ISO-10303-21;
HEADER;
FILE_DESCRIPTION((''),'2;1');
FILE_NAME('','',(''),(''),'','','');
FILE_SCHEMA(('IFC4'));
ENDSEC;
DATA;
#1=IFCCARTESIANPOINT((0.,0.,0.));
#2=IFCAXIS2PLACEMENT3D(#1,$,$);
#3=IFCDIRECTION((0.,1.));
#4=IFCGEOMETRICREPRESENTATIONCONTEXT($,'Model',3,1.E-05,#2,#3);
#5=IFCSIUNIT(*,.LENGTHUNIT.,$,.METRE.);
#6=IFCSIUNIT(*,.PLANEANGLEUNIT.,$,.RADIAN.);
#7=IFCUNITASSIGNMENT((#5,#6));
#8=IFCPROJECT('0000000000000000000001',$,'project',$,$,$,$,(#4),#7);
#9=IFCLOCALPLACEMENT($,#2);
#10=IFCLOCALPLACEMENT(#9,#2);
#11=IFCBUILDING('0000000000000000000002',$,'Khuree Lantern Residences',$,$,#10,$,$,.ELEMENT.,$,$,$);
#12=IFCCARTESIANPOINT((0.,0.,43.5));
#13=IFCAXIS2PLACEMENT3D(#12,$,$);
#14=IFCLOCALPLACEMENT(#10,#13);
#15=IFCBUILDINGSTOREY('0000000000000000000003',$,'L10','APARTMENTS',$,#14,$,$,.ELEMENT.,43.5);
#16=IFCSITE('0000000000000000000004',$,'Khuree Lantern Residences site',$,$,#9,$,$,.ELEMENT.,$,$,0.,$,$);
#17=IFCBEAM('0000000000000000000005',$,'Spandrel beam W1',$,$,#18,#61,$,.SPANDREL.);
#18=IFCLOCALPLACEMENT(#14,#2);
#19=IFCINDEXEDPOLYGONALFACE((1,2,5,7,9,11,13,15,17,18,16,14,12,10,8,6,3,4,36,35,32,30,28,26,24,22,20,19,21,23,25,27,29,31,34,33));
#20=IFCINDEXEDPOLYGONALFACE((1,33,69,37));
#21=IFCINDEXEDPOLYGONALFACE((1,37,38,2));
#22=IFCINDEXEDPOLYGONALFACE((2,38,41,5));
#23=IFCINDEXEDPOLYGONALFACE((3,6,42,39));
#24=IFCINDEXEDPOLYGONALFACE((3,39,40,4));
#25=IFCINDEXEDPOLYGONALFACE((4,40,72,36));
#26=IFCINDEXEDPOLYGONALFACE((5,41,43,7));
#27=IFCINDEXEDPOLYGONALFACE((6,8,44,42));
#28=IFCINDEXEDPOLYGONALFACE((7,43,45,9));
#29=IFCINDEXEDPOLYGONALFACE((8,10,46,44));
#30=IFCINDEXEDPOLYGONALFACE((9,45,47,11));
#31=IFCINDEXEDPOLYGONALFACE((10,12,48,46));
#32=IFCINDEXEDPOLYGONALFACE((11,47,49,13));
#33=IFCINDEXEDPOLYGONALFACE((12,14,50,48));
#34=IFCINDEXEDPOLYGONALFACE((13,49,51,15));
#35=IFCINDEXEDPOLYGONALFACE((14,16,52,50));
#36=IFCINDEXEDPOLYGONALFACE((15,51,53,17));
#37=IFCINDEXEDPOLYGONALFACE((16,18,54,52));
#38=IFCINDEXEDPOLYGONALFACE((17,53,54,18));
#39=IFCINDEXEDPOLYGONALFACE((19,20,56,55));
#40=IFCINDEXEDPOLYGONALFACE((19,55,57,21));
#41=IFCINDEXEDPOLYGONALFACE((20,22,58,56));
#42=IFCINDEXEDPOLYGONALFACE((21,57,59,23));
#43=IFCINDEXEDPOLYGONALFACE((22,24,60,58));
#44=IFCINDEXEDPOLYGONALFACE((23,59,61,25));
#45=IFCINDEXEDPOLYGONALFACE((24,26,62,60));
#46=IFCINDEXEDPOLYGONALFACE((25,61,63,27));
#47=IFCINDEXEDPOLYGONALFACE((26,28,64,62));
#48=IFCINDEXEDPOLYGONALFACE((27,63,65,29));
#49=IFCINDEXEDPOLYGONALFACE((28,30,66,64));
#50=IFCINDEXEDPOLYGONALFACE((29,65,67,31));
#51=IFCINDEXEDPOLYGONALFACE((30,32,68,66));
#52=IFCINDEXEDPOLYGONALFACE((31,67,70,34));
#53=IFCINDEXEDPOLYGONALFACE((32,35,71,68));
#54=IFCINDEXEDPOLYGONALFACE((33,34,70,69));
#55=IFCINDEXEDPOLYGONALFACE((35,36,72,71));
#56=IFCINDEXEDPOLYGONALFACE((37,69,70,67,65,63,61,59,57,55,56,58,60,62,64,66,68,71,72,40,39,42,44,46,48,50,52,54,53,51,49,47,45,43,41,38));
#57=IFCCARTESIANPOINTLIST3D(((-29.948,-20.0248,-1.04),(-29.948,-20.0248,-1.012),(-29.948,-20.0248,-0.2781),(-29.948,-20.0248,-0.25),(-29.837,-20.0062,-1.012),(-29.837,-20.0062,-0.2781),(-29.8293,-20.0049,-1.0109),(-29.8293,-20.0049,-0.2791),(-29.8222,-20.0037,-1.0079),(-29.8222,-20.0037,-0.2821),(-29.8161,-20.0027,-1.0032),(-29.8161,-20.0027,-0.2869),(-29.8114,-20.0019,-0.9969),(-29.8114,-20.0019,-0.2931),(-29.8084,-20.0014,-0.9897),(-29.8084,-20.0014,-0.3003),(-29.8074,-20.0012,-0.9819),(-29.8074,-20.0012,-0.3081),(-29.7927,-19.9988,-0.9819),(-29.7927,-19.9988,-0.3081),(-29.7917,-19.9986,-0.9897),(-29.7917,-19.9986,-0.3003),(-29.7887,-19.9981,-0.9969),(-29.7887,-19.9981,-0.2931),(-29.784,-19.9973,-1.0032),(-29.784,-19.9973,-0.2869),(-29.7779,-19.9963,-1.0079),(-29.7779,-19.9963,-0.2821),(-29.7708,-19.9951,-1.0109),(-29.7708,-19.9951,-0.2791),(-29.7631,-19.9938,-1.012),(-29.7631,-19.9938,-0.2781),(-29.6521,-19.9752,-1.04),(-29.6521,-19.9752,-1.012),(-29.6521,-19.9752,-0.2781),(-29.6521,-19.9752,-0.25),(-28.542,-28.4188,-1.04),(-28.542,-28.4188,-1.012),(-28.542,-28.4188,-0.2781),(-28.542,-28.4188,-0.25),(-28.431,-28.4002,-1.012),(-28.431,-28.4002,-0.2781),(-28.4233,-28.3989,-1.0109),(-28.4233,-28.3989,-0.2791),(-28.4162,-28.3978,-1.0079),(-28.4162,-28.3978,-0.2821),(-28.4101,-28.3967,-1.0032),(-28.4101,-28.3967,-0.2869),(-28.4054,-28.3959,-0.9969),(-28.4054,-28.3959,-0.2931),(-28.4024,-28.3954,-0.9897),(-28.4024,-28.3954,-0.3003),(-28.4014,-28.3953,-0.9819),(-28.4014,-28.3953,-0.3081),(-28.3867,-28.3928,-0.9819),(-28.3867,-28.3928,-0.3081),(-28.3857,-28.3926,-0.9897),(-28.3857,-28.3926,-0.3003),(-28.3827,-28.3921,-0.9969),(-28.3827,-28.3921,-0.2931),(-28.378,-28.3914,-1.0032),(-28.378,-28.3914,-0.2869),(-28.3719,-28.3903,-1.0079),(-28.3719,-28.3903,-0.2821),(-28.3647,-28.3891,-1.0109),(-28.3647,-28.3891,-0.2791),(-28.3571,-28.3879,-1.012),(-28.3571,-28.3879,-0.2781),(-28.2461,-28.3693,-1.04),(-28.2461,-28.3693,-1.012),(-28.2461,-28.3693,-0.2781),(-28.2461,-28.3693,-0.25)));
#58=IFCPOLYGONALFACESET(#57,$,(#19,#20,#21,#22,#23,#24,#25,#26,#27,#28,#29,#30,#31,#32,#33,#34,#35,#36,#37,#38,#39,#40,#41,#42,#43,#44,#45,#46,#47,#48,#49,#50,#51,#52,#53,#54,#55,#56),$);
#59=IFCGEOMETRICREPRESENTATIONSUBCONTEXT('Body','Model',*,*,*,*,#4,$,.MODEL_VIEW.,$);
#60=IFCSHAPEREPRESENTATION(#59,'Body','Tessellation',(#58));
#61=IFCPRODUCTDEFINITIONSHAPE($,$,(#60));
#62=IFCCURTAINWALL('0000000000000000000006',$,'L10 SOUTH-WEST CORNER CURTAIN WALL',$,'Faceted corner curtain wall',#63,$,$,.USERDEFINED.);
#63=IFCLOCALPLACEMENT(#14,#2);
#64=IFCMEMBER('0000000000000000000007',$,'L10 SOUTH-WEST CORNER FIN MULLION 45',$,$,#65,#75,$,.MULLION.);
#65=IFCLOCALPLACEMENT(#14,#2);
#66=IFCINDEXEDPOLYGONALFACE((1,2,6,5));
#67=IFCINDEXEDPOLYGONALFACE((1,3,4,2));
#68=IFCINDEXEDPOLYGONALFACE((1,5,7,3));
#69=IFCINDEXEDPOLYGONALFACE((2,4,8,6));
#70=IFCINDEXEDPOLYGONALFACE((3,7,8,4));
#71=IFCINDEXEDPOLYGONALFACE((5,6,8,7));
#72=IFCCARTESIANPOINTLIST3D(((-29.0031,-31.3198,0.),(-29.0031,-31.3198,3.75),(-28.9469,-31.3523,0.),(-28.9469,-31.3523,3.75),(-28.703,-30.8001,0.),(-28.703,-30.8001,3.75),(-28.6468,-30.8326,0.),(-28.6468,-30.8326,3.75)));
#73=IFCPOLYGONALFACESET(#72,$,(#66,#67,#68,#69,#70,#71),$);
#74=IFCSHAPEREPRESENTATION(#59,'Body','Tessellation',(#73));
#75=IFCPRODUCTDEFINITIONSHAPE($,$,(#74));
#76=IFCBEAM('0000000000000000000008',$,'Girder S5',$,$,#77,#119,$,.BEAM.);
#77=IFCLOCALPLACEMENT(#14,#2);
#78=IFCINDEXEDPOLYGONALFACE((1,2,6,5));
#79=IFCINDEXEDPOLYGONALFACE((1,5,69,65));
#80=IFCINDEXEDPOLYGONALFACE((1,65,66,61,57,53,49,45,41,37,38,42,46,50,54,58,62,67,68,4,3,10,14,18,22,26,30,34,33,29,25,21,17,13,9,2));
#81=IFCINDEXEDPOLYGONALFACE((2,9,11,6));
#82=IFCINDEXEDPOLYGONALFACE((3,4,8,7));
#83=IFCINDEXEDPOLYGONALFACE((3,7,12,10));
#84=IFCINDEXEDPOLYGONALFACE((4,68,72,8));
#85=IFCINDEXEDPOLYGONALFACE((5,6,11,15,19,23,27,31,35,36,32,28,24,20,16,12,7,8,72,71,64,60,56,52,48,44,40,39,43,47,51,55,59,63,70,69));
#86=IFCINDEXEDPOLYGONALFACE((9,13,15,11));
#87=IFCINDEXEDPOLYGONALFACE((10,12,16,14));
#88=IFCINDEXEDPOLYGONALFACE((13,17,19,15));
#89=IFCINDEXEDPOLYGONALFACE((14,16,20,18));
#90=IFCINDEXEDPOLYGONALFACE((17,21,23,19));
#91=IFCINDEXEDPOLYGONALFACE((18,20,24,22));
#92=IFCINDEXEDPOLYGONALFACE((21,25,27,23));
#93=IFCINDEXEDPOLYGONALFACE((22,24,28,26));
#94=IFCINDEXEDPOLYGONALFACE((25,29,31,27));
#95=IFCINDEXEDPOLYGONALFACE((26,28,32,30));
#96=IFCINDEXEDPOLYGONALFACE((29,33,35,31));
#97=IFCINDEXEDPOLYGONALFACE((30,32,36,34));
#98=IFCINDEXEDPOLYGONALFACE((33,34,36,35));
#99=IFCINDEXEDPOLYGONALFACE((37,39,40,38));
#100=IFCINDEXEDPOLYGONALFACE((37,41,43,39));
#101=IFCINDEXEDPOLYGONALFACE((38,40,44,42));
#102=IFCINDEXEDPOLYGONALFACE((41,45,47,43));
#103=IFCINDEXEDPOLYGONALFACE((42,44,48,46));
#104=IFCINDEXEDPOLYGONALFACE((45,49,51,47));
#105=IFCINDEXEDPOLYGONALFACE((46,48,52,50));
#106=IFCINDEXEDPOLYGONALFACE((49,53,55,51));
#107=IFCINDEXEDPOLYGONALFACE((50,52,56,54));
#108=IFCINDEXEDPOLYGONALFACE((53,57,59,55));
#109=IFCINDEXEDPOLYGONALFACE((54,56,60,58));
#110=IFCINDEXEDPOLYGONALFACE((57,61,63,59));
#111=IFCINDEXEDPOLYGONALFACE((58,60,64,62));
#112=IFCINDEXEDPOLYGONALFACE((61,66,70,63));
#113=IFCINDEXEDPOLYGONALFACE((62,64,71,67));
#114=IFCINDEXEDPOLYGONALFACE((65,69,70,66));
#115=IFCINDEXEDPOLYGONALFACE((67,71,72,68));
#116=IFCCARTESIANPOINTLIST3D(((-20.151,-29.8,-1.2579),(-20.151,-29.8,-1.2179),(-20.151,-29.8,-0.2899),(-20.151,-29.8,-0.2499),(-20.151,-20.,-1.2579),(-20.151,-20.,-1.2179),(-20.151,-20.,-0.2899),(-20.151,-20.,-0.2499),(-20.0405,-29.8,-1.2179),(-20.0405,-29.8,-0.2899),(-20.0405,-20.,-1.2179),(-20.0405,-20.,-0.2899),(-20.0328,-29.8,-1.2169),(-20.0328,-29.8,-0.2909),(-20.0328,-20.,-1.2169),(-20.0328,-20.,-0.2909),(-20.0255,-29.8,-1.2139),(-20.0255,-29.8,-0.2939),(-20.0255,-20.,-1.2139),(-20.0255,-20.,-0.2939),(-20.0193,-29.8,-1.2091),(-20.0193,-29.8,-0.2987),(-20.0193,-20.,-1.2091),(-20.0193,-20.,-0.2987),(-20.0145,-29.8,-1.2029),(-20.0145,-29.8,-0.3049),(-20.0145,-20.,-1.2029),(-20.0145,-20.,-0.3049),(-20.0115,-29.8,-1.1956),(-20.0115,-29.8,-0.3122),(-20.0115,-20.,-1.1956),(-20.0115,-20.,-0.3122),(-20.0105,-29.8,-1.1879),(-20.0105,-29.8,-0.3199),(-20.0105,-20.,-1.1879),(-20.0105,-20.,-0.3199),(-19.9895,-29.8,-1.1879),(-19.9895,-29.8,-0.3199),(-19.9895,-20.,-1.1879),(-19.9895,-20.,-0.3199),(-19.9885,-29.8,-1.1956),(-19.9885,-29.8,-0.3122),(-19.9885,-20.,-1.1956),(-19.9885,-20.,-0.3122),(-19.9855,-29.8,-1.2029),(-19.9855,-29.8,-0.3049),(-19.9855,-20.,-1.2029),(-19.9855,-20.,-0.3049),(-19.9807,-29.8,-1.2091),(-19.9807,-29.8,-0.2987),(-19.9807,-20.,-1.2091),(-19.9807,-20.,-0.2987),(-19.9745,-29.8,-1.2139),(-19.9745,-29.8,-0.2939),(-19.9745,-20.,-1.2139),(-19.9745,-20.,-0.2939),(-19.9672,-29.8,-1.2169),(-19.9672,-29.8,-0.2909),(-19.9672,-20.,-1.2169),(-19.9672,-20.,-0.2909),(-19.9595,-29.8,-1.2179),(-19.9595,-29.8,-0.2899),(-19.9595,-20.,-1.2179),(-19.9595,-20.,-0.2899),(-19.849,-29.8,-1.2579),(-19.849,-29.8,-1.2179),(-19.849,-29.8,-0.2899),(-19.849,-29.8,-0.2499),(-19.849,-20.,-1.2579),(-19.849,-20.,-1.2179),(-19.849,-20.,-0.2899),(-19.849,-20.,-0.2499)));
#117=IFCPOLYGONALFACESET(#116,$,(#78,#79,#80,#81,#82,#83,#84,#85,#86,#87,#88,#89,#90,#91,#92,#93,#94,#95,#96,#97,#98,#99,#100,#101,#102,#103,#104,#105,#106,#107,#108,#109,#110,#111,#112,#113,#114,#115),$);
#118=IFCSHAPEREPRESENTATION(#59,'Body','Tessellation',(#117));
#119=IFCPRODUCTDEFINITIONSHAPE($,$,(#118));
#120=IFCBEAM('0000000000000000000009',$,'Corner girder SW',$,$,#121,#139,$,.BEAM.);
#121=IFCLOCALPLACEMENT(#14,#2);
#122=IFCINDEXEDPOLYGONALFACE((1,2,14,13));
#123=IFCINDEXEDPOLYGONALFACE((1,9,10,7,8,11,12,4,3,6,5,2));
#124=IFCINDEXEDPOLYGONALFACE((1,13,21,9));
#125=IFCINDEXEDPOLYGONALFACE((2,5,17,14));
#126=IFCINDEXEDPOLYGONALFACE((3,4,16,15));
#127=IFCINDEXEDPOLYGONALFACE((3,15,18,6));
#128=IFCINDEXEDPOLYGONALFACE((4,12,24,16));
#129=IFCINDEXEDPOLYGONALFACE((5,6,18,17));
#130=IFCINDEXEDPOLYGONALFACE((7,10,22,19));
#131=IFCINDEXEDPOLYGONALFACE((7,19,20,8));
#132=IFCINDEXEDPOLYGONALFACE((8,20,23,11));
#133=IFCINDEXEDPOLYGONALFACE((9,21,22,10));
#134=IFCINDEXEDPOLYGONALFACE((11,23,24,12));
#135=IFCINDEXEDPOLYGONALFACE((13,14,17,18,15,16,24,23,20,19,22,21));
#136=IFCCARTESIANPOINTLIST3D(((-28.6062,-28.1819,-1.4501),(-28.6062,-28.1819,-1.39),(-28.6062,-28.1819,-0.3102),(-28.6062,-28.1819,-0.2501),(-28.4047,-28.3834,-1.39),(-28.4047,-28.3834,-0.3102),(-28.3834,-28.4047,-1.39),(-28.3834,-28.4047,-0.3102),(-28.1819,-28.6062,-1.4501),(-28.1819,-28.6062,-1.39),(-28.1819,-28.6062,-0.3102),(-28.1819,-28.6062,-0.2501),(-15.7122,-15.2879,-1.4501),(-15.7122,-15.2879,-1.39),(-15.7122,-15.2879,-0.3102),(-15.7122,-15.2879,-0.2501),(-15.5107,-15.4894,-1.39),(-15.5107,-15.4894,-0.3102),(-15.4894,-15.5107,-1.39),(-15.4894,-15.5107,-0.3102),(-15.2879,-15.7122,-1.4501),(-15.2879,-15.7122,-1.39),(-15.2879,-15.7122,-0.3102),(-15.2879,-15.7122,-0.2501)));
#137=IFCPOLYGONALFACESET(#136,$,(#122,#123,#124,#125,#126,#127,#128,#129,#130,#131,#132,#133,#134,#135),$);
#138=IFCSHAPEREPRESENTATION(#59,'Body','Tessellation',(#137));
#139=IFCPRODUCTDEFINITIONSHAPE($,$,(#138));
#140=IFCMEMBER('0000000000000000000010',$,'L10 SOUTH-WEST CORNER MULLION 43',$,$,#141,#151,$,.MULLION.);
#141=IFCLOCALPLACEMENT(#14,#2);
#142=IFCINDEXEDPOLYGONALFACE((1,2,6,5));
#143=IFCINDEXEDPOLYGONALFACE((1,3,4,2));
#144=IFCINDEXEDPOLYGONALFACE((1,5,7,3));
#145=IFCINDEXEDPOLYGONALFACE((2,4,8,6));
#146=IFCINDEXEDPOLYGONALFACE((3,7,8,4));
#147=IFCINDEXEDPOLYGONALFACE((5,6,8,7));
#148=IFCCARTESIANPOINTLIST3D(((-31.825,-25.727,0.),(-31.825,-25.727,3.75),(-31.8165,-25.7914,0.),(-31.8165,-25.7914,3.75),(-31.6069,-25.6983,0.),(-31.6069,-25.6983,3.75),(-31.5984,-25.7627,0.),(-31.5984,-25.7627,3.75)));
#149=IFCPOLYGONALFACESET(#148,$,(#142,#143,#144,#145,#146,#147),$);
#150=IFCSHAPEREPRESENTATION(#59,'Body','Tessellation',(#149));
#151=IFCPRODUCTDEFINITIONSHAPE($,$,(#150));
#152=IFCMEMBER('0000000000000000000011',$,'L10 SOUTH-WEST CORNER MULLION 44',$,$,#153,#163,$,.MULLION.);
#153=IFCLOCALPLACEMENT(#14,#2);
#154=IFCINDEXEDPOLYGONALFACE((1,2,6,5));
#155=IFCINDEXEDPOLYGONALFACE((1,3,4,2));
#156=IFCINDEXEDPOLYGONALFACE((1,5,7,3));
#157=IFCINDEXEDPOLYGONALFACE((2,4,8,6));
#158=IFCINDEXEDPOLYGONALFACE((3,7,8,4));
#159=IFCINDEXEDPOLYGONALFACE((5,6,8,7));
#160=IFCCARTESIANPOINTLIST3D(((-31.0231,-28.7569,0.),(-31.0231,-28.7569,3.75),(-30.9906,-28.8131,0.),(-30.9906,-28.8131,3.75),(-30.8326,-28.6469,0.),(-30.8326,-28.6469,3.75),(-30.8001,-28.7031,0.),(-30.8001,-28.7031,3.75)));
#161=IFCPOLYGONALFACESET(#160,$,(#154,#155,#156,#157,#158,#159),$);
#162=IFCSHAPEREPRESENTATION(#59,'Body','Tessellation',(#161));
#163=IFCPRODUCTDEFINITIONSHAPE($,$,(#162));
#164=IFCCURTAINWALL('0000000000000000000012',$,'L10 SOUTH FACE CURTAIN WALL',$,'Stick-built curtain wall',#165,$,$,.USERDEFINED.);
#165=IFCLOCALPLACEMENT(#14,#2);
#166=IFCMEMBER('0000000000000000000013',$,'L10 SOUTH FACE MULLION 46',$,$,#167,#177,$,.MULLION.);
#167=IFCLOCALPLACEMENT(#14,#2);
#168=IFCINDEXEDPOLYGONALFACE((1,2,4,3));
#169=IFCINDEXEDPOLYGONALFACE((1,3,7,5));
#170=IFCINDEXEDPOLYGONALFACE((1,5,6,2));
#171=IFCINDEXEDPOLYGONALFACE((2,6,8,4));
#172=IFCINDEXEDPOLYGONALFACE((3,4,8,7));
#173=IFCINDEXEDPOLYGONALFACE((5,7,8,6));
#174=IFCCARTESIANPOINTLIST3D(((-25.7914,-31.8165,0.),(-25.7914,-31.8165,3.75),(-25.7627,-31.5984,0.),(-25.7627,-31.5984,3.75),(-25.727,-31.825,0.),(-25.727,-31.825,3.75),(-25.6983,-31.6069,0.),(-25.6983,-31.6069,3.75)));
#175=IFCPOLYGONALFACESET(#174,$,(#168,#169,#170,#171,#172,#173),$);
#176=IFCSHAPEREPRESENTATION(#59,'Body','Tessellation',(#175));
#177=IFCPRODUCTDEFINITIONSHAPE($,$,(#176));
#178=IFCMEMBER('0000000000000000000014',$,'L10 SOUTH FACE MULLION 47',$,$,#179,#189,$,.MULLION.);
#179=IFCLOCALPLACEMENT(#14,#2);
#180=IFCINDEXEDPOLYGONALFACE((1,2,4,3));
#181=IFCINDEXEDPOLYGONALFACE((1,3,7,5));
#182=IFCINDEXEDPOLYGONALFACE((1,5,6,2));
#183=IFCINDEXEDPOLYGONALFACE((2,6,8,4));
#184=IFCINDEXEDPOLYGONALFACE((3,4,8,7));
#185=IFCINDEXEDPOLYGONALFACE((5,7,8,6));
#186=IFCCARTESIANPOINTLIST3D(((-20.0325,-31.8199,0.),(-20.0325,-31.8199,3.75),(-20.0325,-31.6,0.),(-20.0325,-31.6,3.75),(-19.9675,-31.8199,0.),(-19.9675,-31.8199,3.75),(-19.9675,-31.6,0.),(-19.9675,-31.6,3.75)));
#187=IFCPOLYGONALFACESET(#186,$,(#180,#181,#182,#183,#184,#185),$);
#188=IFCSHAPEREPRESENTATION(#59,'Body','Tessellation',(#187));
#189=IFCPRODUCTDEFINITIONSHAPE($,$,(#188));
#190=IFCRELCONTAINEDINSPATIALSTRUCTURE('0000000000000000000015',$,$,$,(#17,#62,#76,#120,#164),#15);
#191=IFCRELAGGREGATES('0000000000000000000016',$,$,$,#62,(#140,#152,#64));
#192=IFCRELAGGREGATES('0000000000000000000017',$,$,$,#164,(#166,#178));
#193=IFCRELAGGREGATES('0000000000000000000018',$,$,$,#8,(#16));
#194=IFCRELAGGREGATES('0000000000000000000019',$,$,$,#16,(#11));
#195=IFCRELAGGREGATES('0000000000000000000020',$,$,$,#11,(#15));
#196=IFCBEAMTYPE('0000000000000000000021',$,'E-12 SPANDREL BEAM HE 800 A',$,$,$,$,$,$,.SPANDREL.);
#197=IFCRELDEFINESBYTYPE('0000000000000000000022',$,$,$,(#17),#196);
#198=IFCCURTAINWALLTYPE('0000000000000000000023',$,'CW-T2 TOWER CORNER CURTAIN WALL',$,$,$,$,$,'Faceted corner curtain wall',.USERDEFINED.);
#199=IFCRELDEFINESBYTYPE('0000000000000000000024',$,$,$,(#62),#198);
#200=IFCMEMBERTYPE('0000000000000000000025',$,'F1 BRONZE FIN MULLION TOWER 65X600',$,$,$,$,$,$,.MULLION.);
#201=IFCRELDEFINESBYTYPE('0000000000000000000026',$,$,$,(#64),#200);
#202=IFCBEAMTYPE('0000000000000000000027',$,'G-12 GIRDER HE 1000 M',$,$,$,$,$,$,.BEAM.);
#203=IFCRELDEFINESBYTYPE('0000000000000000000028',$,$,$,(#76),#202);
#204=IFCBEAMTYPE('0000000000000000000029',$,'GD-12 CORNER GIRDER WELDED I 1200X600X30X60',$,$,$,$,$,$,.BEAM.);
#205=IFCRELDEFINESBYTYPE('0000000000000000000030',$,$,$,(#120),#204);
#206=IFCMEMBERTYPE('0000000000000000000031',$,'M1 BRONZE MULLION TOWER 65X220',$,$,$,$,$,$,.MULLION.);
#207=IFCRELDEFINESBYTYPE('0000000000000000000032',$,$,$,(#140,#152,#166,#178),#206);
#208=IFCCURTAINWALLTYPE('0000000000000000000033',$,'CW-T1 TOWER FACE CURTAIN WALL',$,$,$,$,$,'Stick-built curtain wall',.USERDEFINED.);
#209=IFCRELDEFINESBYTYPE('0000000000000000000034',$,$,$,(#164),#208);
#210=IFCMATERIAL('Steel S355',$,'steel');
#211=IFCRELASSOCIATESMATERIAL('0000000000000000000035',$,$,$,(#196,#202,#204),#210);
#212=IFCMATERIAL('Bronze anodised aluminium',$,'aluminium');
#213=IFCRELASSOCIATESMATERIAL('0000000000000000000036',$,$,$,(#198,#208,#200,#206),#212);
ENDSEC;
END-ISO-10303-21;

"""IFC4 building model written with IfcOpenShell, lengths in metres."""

from ifc_helpers import new_model, si_unit, direction, frame, origin, origin_2d, place, context, subcontext, project, spatial, rectangle, i_section, extrude, material, material_profile, profile_set, type_object, element, aggregate, save


model = new_model("IFC4")

# Units and contexts
model_context = context("Model", 3, precision=1e-05, world=origin(), true_north=direction((0.0, 1.0)))
body_context = subcontext(model_context, "Body", "Model", "MODEL_VIEW")
ifc_project = project(units=[si_unit("LENGTHUNIT", "METRE"), si_unit("PLANEANGLEUNIT", "RADIAN")], contexts=[model_context])

# Site, building, storey
site_placement = place(None, origin())
site = spatial("IfcSite", under=ifc_project, at=site_placement, Name="Khuree Lantern Residences site", CompositionType="ELEMENT", RefElevation=0.0)
building_placement = place(site_placement, origin())
building = spatial("IfcBuilding", under=site, at=building_placement, Name="Khuree Lantern Residences", CompositionType="ELEMENT")
storey_placement = place(building_placement, frame((0.0, 0.0, 43.5)))
storey = spatial("IfcBuildingStorey", under=building, at=storey_placement, Name="L10", Description="APARTMENTS", CompositionType="ELEMENT", Elevation=43.5)

# Beam
ifc_material_1 = material(Name="Steel S355", Category="steel")
ifc_material_profile_1 = material_profile(ifc_material_1, i_section(OverallWidth=0.3, OverallDepth=0.79, WebThickness=0.0149, FlangeThickness=0.0281, FilletRadius=0.03, at=origin_2d()), Name="HE 800 A")
ifc_profile_set_1 = profile_set([ifc_material_profile_1], Name="Steel S355")
beam_type_1 = type_object("IfcBeamType", Name="E-12 SPANDREL BEAM HE 800 A", PredefinedType="SPANDREL", material=ifc_profile_set_1)
for number, where, z_axis, x_axis, name in (
    (1, (-28.394, -28.394, -0.645), (-0.165199, 0.98626, 0.0), (-0.98626, -0.165199, 0.0), "Spandrel beam W1"),
):
    element("IfcBeam", number, at=place(storey_placement, frame(where, z_axis=z_axis, x_axis=x_axis)), inside=storey, type_object=beam_type_1, Name=name, PredefinedType="SPANDREL", context=body_context, shape_type="SweptSolid", body=[
        extrude(i_section(OverallWidth=0.3, OverallDepth=0.79, WebThickness=0.0149, FlangeThickness=0.0281, FilletRadius=0.03, at=origin_2d()), origin(), (0.0, 0.0, 1.0), 8.511),
    ])

# Curtain wall, member
ifc_material_2 = material(Name="Bronze anodised aluminium", Category="aluminium")
curtain_wall_type_1 = type_object("IfcCurtainWallType", Name="CW-T2 TOWER CORNER CURTAIN WALL", ElementType="Faceted corner curtain wall", PredefinedType="USERDEFINED", material=ifc_material_2)
curtain_wall_1_placement = place(storey_placement, origin())
curtain_wall_1 = element("IfcCurtainWall", 2, at=curtain_wall_1_placement, inside=storey, type_object=curtain_wall_type_1, Name="L10 SOUTH-WEST CORNER CURTAIN WALL", ObjectType="Faceted corner curtain wall", PredefinedType="USERDEFINED")
ifc_material_profile_2 = material_profile(ifc_material_2, rectangle(XDim=0.0649, YDim=0.6001, at=origin_2d()), Name="F1 65X600")
ifc_profile_set_2 = profile_set([ifc_material_profile_2], Name="Bronze anodised aluminium")
member_type_1 = type_object("IfcMemberType", Name="F1 BRONZE FIN MULLION TOWER 65X600", PredefinedType="MULLION", material=ifc_profile_set_2)
member_1_placement = place(storey_placement, frame((-28.825, -31.0762, 0.0), z_axis=(0.0, 0.0, 1.0), x_axis=(0.866025, -0.5, 0.0)))
member_1 = element("IfcMember", 3, at=member_1_placement, type_object=member_type_1, Name="L10 SOUTH-WEST CORNER FIN MULLION 45", PredefinedType="MULLION", context=body_context, shape_type="SweptSolid", body=[
    extrude(rectangle(XDim=0.0649, YDim=0.6001, at=origin_2d()), origin(), (0.0, 0.0, 1.0), 3.75),
])

# Beams
ifc_material_profile_3 = material_profile(ifc_material_1, i_section(OverallWidth=0.302, OverallDepth=1.0081, WebThickness=0.021, FlangeThickness=0.04, FilletRadius=0.03, at=origin_2d()), Name="HE 1000 M")
ifc_profile_set_3 = profile_set([ifc_material_profile_3], Name="Steel S355")
beam_type_2 = type_object("IfcBeamType", Name="G-12 GIRDER HE 1000 M", PredefinedType="BEAM", material=ifc_profile_set_3)
beam_1_placement = place(storey_placement, frame((-20.0, -29.8, -0.7539), z_axis=(0.0, 1.0, 0.0), x_axis=(-1.0, 0.0, 0.0)))
element("IfcBeam", 4, at=beam_1_placement, inside=storey, type_object=beam_type_2, Name="Girder S5", PredefinedType="BEAM", context=body_context, shape_type="SweptSolid", body=[
    extrude(i_section(OverallWidth=0.302, OverallDepth=1.0081, WebThickness=0.021, FlangeThickness=0.04, FilletRadius=0.03, at=origin_2d()), origin(), (0.0, 0.0, 1.0), 9.8),
])
ifc_material_profile_4 = material_profile(ifc_material_1, i_section(OverallWidth=0.6001, OverallDepth=1.2, WebThickness=0.03, FlangeThickness=0.0601, at=origin_2d()), Name="WELDED I 1200X600X30X60")
ifc_profile_set_4 = profile_set([ifc_material_profile_4], Name="Steel S355")
beam_type_3 = type_object("IfcBeamType", Name="GD-12 CORNER GIRDER WELDED I 1200X600X30X60", PredefinedType="BEAM", material=ifc_profile_set_4)
beam_2_placement = place(storey_placement, frame((-28.394, -28.394, -0.8501), z_axis=(0.707107, 0.707107, 0.0), x_axis=(-0.707107, 0.707107, 0.0)))
element("IfcBeam", 5, at=beam_2_placement, inside=storey, type_object=beam_type_3, Name="Corner girder SW", PredefinedType="BEAM", context=body_context, shape_type="SweptSolid", body=[
    extrude(i_section(OverallWidth=0.6001, OverallDepth=1.2, WebThickness=0.03, FlangeThickness=0.0601, at=origin_2d()), origin(), (0.0, 0.0, 1.0), 18.2349),
])

# Members
ifc_material_profile_5 = material_profile(ifc_material_2, rectangle(XDim=0.0649, YDim=0.22, at=origin_2d()), Name="M1 65X220")
ifc_profile_set_5 = profile_set([ifc_material_profile_5], Name="Bronze anodised aluminium")
member_type_2 = type_object("IfcMemberType", Name="M1 BRONZE MULLION TOWER 65X220", PredefinedType="MULLION", material=ifc_profile_set_5)
member_2_placement = place(storey_placement, frame((-31.7117, -25.7449, 0.0), z_axis=(0.0, 0.0, 1.0), x_axis=(0.130526, -0.991445, 0.0)))
member_2 = element("IfcMember", 6, at=member_2_placement, type_object=member_type_2, Name="L10 SOUTH-WEST CORNER MULLION 43", PredefinedType="MULLION", context=body_context, shape_type="SweptSolid", body=[
    extrude(rectangle(XDim=0.0649, YDim=0.22, at=origin_2d()), origin(), (0.0, 0.0, 1.0), 3.75),
])
member_3_placement = place(storey_placement, frame((-30.9116, -28.73, 0.0), z_axis=(0.0, 0.0, 1.0), x_axis=(0.5, -0.866025, 0.0)))
member_3 = element("IfcMember", 7, at=member_3_placement, type_object=member_type_2, Name="L10 SOUTH-WEST CORNER MULLION 44", PredefinedType="MULLION", context=body_context, shape_type="SweptSolid", body=[
    extrude(rectangle(XDim=0.0649, YDim=0.22, at=origin_2d()), origin(), (0.0, 0.0, 1.0), 3.75),
])

# Curtain wall, members
curtain_wall_type_2 = type_object("IfcCurtainWallType", Name="CW-T1 TOWER FACE CURTAIN WALL", ElementType="Stick-built curtain wall", PredefinedType="USERDEFINED", material=ifc_material_2)
curtain_wall_2_placement = place(storey_placement, origin())
curtain_wall_2 = element("IfcCurtainWall", 8, at=curtain_wall_2_placement, inside=storey, type_object=curtain_wall_type_2, Name="L10 SOUTH FACE CURTAIN WALL", ObjectType="Stick-built curtain wall", PredefinedType="USERDEFINED")
member_4_placement = place(storey_placement, frame((-25.7449, -31.7117, 0.0), z_axis=(0.0, 0.0, 1.0), x_axis=(0.991445, -0.130526, 0.0)))
member_4 = element("IfcMember", 9, at=member_4_placement, type_object=member_type_2, Name="L10 SOUTH FACE MULLION 46", PredefinedType="MULLION", context=body_context, shape_type="SweptSolid", body=[
    extrude(rectangle(XDim=0.0649, YDim=0.22, at=origin_2d()), origin(), (0.0, 0.0, 1.0), 3.75),
])
member_5_placement = place(storey_placement, frame((-20.0, -31.71, 0.0), z_axis=(0.0, 0.0, 1.0), x_axis=(1.0, 0.0, 0.0)))
member_5 = element("IfcMember", 10, at=member_5_placement, type_object=member_type_2, Name="L10 SOUTH FACE MULLION 47", PredefinedType="MULLION", context=body_context, shape_type="SweptSolid", body=[
    extrude(rectangle(XDim=0.0649, YDim=0.22, at=origin_2d()), origin(), (0.0, 0.0, 1.0), 3.75),
])

aggregate(curtain_wall_1, [member_2, member_3, member_1])
aggregate(curtain_wall_2, [member_4, member_5])

save(model, "model.ifc")
